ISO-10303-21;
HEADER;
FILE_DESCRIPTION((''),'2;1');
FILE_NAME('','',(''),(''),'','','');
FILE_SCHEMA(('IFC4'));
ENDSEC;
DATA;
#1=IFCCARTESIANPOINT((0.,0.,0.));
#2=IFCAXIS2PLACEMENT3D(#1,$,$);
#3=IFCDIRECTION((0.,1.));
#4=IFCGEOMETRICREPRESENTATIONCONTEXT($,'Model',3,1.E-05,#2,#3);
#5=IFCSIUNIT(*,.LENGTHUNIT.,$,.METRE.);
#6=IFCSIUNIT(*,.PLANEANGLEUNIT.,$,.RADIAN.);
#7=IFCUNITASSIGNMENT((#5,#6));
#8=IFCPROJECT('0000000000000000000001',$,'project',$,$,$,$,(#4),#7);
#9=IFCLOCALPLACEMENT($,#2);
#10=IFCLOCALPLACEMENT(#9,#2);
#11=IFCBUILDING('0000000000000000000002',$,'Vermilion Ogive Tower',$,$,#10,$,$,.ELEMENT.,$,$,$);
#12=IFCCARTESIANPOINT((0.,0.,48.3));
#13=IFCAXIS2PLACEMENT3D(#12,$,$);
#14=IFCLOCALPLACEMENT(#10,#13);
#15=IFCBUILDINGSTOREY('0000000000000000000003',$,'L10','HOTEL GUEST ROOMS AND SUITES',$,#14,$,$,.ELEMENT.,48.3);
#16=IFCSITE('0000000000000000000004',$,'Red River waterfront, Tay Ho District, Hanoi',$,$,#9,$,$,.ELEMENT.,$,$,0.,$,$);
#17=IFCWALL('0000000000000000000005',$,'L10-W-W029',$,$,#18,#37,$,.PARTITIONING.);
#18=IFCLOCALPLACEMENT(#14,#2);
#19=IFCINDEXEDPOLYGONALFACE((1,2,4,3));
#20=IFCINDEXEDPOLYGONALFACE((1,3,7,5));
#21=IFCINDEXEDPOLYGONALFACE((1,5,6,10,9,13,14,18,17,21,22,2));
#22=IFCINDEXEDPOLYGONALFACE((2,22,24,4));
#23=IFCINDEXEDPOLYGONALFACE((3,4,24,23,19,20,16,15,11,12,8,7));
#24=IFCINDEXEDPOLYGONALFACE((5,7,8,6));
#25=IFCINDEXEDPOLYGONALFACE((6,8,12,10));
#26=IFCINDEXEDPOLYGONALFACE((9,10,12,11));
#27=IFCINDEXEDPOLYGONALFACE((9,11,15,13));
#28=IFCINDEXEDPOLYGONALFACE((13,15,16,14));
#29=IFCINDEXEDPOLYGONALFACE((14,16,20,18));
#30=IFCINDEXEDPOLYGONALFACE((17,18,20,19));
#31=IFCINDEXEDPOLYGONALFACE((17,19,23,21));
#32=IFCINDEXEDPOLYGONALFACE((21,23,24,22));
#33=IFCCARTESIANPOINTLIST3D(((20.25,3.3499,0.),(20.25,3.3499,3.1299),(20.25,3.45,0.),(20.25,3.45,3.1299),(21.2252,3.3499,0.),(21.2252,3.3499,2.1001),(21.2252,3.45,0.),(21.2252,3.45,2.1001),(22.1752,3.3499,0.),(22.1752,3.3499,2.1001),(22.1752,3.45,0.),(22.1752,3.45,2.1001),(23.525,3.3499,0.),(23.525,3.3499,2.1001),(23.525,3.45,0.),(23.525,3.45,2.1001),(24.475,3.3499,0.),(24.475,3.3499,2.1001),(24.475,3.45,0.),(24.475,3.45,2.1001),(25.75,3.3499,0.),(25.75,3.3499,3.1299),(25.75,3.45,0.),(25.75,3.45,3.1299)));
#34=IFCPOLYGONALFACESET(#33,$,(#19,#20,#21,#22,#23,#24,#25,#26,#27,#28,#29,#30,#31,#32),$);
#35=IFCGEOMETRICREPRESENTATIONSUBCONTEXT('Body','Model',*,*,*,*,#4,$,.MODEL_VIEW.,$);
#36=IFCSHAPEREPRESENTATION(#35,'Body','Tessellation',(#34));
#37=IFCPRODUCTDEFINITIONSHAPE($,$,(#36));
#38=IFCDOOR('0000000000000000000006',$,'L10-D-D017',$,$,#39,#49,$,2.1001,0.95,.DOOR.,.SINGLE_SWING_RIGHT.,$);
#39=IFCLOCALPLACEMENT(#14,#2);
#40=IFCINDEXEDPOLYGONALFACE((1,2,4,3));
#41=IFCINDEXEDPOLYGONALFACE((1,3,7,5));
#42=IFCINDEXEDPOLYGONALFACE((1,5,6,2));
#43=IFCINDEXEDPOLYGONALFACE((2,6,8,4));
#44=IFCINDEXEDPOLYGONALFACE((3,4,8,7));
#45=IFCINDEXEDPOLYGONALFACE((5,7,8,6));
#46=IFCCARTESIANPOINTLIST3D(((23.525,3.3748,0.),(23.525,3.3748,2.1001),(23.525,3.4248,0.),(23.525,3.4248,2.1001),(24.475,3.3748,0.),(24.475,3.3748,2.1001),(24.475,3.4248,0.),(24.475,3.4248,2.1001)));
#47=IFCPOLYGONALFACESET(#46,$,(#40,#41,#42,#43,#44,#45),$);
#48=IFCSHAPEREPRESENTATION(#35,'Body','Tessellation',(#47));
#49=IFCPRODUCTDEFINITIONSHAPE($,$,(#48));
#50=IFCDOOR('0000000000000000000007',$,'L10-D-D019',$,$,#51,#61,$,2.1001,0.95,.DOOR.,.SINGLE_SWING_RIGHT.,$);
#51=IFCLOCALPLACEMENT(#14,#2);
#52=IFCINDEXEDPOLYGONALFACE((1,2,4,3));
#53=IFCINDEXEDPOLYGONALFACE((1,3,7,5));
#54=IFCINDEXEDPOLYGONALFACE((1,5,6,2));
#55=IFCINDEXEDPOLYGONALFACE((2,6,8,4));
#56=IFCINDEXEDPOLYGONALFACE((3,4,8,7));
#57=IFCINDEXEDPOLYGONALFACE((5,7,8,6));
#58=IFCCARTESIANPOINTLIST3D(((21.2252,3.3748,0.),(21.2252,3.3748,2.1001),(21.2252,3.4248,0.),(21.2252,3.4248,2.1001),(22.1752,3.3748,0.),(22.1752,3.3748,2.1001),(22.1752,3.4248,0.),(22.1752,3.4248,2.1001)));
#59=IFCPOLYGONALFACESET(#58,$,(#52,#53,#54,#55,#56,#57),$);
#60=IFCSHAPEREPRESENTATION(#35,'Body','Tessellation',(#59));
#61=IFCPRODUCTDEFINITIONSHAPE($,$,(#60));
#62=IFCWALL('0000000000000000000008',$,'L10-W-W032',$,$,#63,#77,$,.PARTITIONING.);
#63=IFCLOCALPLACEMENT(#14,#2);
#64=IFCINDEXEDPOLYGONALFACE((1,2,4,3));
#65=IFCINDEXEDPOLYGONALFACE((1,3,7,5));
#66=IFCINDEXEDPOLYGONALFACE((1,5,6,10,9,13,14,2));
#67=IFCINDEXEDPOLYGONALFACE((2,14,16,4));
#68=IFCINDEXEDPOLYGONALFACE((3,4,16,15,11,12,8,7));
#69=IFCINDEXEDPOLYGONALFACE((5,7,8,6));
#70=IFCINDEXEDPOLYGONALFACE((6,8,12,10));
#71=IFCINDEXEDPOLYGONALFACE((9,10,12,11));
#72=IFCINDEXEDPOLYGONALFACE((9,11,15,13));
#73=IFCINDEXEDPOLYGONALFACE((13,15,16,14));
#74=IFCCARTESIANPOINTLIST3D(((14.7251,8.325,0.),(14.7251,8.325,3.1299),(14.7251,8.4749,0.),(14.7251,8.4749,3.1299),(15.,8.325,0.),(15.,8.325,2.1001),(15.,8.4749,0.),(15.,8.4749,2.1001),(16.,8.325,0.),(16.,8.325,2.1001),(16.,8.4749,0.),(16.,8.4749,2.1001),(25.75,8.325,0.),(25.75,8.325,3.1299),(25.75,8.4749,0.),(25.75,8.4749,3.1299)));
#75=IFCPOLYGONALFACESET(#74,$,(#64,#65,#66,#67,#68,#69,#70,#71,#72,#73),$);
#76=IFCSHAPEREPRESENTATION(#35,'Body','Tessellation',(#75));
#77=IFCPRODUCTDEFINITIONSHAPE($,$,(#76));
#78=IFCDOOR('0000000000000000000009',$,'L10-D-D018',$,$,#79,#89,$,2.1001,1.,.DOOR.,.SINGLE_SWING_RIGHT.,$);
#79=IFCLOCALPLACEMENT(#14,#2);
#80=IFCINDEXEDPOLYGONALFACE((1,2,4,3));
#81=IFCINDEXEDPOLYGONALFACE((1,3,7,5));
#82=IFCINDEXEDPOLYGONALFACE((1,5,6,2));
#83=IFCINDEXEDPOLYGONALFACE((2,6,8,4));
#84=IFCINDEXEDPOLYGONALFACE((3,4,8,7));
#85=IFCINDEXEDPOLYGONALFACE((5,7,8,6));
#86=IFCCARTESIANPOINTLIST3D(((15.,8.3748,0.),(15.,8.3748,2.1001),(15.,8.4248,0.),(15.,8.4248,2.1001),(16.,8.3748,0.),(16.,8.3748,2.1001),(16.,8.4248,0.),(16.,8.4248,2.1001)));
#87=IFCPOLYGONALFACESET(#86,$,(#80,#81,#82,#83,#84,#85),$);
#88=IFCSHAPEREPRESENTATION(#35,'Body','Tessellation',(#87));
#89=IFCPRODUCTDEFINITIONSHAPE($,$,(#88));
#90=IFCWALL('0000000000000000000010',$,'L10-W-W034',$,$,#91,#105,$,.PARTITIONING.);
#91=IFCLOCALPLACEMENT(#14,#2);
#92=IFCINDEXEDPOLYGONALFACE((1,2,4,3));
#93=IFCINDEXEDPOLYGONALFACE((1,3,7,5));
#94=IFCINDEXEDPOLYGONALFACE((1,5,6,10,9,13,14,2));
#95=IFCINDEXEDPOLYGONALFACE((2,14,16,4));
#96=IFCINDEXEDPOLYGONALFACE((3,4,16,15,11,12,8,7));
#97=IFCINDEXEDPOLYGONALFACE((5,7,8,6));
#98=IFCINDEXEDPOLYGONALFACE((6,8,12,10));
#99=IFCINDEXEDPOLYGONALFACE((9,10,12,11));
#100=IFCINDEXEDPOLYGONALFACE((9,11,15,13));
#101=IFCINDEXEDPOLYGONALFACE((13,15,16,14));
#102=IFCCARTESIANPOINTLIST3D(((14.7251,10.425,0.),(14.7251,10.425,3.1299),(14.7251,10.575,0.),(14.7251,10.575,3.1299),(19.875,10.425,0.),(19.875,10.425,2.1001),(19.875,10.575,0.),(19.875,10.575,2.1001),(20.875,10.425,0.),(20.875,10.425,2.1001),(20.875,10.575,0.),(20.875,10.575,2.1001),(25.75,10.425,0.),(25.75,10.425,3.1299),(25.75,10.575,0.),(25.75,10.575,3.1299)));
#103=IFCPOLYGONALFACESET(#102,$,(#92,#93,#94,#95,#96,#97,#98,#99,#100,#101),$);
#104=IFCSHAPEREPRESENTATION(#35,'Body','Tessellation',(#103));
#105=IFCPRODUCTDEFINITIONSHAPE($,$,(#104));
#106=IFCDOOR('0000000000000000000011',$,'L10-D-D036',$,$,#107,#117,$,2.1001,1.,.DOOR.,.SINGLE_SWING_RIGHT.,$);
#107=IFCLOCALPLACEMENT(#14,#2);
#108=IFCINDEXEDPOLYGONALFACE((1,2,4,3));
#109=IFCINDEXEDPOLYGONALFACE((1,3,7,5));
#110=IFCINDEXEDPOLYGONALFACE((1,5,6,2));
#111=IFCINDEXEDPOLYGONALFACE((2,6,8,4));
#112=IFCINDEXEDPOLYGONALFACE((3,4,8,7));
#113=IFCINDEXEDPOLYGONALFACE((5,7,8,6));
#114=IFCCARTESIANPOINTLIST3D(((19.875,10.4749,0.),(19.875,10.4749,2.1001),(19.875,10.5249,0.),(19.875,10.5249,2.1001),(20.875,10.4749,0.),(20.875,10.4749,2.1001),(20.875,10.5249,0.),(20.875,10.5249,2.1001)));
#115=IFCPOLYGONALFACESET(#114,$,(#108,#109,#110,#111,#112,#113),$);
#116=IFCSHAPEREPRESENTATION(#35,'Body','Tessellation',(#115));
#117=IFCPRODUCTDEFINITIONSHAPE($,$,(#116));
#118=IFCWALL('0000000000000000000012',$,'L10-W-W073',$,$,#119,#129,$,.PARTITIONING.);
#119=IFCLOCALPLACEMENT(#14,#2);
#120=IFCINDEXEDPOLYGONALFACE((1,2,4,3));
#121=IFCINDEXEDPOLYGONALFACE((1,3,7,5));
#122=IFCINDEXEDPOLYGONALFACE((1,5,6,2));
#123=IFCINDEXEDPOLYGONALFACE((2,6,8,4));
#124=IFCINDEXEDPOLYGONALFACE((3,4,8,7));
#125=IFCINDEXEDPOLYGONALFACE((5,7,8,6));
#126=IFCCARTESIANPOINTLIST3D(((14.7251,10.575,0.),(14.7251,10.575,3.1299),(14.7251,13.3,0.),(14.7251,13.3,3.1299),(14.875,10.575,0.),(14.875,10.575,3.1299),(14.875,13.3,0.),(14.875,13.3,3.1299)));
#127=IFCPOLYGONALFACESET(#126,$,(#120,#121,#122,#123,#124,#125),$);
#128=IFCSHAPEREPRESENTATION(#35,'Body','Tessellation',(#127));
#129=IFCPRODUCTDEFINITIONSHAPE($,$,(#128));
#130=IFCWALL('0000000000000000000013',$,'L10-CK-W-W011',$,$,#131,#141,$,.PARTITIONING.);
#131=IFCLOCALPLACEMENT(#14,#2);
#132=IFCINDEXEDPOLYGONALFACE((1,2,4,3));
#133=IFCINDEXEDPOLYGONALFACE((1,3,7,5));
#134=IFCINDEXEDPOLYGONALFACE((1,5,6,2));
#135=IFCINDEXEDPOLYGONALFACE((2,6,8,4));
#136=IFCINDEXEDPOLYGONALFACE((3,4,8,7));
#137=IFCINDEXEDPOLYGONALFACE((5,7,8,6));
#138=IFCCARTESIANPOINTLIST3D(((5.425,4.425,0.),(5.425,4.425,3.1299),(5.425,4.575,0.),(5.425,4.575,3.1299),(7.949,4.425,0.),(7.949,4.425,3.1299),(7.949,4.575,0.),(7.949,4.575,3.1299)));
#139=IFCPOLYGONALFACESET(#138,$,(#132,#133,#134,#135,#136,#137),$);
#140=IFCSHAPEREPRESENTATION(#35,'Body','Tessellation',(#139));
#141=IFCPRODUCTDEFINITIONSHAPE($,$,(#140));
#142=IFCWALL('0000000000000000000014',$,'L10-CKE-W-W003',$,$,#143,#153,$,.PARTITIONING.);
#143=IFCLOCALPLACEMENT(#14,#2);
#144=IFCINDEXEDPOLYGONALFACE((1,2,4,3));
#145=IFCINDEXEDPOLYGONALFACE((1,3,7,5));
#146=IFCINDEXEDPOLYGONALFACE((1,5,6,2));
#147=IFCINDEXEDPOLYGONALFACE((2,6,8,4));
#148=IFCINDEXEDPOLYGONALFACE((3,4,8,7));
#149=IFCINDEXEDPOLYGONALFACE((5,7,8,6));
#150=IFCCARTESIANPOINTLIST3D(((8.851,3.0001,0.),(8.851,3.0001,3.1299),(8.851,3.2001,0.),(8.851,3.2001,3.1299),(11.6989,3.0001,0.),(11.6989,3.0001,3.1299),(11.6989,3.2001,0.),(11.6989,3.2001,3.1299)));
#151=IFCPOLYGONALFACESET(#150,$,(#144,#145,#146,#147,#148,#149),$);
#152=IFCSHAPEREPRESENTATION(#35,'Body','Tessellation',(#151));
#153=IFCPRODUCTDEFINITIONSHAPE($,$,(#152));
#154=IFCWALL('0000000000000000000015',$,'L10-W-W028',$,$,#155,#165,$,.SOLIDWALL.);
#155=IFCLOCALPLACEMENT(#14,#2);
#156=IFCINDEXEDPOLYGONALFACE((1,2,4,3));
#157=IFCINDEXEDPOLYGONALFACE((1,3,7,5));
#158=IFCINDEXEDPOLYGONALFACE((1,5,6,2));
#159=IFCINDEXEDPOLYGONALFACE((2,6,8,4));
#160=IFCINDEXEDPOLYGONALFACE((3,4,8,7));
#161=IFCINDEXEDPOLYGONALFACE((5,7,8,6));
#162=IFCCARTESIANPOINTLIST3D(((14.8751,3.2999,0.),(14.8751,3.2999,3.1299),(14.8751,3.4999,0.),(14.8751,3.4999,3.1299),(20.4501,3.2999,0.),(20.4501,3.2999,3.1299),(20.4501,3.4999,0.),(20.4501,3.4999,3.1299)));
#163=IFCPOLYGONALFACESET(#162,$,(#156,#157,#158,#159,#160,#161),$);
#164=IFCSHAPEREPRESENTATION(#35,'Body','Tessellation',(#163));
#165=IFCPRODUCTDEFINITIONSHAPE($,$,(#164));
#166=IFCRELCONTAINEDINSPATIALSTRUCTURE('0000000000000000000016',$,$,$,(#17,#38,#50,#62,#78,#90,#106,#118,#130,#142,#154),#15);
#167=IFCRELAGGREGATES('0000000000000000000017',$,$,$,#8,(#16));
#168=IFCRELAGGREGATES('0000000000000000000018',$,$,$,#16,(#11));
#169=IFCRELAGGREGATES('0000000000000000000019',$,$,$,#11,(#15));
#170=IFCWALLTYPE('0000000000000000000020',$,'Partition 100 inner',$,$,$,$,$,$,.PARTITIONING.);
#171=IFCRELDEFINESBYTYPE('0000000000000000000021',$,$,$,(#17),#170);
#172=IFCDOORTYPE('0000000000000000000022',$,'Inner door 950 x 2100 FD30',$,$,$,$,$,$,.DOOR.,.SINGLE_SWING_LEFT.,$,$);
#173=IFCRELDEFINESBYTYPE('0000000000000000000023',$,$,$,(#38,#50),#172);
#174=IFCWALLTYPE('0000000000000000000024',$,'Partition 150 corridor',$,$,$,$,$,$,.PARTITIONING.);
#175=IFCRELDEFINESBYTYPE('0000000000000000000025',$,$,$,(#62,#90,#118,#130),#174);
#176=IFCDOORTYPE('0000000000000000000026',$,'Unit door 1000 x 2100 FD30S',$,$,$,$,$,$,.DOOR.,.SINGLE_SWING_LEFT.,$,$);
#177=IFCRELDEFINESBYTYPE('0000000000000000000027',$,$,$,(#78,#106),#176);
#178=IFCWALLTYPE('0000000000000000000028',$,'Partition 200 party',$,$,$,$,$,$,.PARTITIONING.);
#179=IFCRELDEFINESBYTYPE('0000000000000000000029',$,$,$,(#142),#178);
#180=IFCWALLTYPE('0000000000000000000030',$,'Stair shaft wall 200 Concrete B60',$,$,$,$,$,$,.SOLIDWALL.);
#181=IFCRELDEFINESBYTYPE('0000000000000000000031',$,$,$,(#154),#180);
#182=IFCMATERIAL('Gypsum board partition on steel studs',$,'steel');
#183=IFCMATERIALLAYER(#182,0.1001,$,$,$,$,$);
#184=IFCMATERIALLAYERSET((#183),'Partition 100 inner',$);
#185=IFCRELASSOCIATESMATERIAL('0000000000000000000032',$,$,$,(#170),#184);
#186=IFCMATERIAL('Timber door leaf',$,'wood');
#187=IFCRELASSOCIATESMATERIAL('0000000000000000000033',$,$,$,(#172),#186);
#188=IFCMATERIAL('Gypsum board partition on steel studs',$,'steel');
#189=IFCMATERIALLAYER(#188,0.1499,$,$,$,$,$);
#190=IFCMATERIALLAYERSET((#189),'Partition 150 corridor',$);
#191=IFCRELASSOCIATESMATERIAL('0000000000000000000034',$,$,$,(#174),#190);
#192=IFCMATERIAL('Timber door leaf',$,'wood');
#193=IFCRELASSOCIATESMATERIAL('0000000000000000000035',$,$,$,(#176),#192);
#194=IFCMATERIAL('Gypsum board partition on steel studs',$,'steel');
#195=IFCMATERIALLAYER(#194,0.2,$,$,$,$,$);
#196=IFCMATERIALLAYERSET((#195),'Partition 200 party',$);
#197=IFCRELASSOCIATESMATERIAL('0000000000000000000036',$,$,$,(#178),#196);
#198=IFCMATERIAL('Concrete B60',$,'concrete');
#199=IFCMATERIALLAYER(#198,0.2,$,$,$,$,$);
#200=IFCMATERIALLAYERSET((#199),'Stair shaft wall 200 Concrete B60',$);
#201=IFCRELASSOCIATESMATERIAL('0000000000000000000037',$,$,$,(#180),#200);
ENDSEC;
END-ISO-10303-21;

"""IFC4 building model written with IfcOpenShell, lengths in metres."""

from ifc_helpers import new_model, si_unit, direction, frame, frame_2d, origin, place, context, subcontext, project, spatial, rectangle, extrude, material, layer, layer_set, type_object, element, fill, save


model = new_model("IFC4")

# Units and contexts
model_context = context("Model", 3, precision=1e-05, world=origin(), true_north=direction((0.0, 1.0)))
body_context = subcontext(model_context, "Body", "Model", "MODEL_VIEW")
ifc_project = project(units=[si_unit("LENGTHUNIT", "METRE"), si_unit("PLANEANGLEUNIT", "RADIAN")], contexts=[model_context])

# Site, building, storey
site_placement = place(None, origin())
site = spatial("IfcSite", under=ifc_project, at=site_placement, Name="Red River waterfront, Tay Ho District, Hanoi", CompositionType="ELEMENT", RefElevation=0.0)
building_placement = place(site_placement, origin())
building = spatial("IfcBuilding", under=site, at=building_placement, Name="Vermilion Ogive Tower", CompositionType="ELEMENT")
storey_placement = place(building_placement, frame((0.0, 0.0, 48.3)))
storey = spatial("IfcBuildingStorey", under=building, at=storey_placement, Name="L10", Description="HOTEL GUEST ROOMS AND SUITES", CompositionType="ELEMENT", Elevation=48.3)

# Wall, openings, doors
ifc_material_1 = material(Name="Gypsum board partition on steel studs", Category="steel")
ifc_layer_1 = layer(ifc_material_1, 0.1001)
ifc_layer_set_1 = layer_set([ifc_layer_1], Name="Partition 100 inner")
wall_type_1 = type_object("IfcWallType", Name="Partition 100 inner", PredefinedType="PARTITIONING", material=ifc_layer_set_1)
wall_1_placement = place(storey_placement, frame((20.25, 3.3999, 0.0), z_axis=(0.0, 0.0, 1.0), x_axis=(1.0, 0.0, 0.0)))
wall_1 = element("IfcWall", 1, at=wall_1_placement, inside=storey, type_object=wall_type_1, Name="L10-W-W029", PredefinedType="PARTITIONING", context=body_context, shape_type="SweptSolid", body=[
    extrude(rectangle(XDim=5.5, YDim=0.1001, at=frame_2d((2.75, 0.0))), origin(), (0.0, 0.0, 1.0), 3.1299),
])
opening_1_placement = place(wall_1_placement, frame((3.2749, 0.0, 0.0)))
opening_1 = element("IfcOpeningElement", 2, at=opening_1_placement, cuts=wall_1, PredefinedType="OPENING", context=body_context, shape_type="SweptSolid", body=[
    extrude(rectangle(XDim=0.95, YDim=2.1001, at=frame_2d((0.4751, 1.05))), frame((0.0, 0.0601, 0.0), z_axis=(0.0, -1.0, 0.0), x_axis=(1.0, 0.0, 0.0)), (0.0, 0.0, 1.0), 0.1201),
])
opening_2_placement = place(wall_1_placement, frame((0.9751, 0.0, 0.0)))
opening_2 = element("IfcOpeningElement", 3, at=opening_2_placement, cuts=wall_1, PredefinedType="OPENING", context=body_context, shape_type="SweptSolid", body=[
    extrude(rectangle(XDim=0.95, YDim=2.1001, at=frame_2d((0.4751, 1.05))), frame((0.0, 0.0601, 0.0), z_axis=(0.0, -1.0, 0.0), x_axis=(1.0, 0.0, 0.0)), (0.0, 0.0, 1.0), 0.1201),
])
ifc_material_2 = material(Name="Timber door leaf", Category="wood")
door_type_1 = type_object("IfcDoorType", Name="Inner door 950 x 2100 FD30", OperationType="SINGLE_SWING_LEFT", PredefinedType="DOOR", material=ifc_material_2)
door_1_placement = place(opening_1_placement, origin())
door_1 = element("IfcDoor", 4, at=door_1_placement, inside=storey, type_object=door_type_1, Name="L10-D-D017", OperationType="SINGLE_SWING_RIGHT", OverallHeight=2.1001, OverallWidth=0.95, PredefinedType="DOOR", context=body_context, shape_type="SweptSolid", body=[
    extrude(rectangle(XDim=0.95, YDim=2.1001, at=frame_2d((0.4751, 1.05))), frame((0.0, 0.0249, 0.0), z_axis=(0.0, -1.0, 0.0), x_axis=(1.0, 0.0, 0.0)), (0.0, 0.0, 1.0), 0.05),
])
fill(opening_1, door_1)
door_2_placement = place(opening_2_placement, origin())
door_2 = element("IfcDoor", 5, at=door_2_placement, inside=storey, type_object=door_type_1, Name="L10-D-D019", OperationType="SINGLE_SWING_RIGHT", OverallHeight=2.1001, OverallWidth=0.95, PredefinedType="DOOR", context=body_context, shape_type="SweptSolid", body=[
    extrude(rectangle(XDim=0.95, YDim=2.1001, at=frame_2d((0.4751, 1.05))), frame((0.0, 0.0249, 0.0), z_axis=(0.0, -1.0, 0.0), x_axis=(1.0, 0.0, 0.0)), (0.0, 0.0, 1.0), 0.05),
])
fill(opening_2, door_2)

# Walls, openings, doors
ifc_material_3 = material(Name="Gypsum board partition on steel studs", Category="steel")
ifc_layer_2 = layer(ifc_material_3, 0.1499)
ifc_layer_set_2 = layer_set([ifc_layer_2], Name="Partition 150 corridor")
wall_type_2 = type_object("IfcWallType", Name="Partition 150 corridor", PredefinedType="PARTITIONING", material=ifc_layer_set_2)
wall_2_placement = place(storey_placement, frame((14.7251, 8.3999, 0.0), z_axis=(0.0, 0.0, 1.0), x_axis=(1.0, 0.0, 0.0)))
wall_2 = element("IfcWall", 6, at=wall_2_placement, inside=storey, type_object=wall_type_2, Name="L10-W-W032", PredefinedType="PARTITIONING", context=body_context, shape_type="SweptSolid", body=[
    extrude(rectangle(XDim=11.0249, YDim=0.1499, at=frame_2d((5.5125, 0.0))), origin(), (0.0, 0.0, 1.0), 3.1299),
])
opening_3_placement = place(wall_2_placement, frame((0.2749, 0.0, 0.0)))
opening_3 = element("IfcOpeningElement", 7, at=opening_3_placement, cuts=wall_2, PredefinedType="OPENING", context=body_context, shape_type="SweptSolid", body=[
    extrude(rectangle(XDim=1.0, YDim=2.1001, at=frame_2d((0.5, 1.05))), frame((0.0, 0.085, 0.0), z_axis=(0.0, -1.0, 0.0), x_axis=(1.0, 0.0, 0.0)), (0.0, 0.0, 1.0), 0.1699),
])
ifc_material_4 = material(Name="Timber door leaf", Category="wood")
door_type_2 = type_object("IfcDoorType", Name="Unit door 1000 x 2100 FD30S", OperationType="SINGLE_SWING_LEFT", PredefinedType="DOOR", material=ifc_material_4)
door_3_placement = place(opening_3_placement, origin())
door_3 = element("IfcDoor", 8, at=door_3_placement, inside=storey, type_object=door_type_2, Name="L10-D-D018", OperationType="SINGLE_SWING_RIGHT", OverallHeight=2.1001, OverallWidth=1.0, PredefinedType="DOOR", context=body_context, shape_type="SweptSolid", body=[
    extrude(rectangle(XDim=1.0, YDim=2.1001, at=frame_2d((0.5, 1.05))), frame((0.0, 0.0249, 0.0), z_axis=(0.0, -1.0, 0.0), x_axis=(1.0, 0.0, 0.0)), (0.0, 0.0, 1.0), 0.05),
])
fill(opening_3, door_3)
wall_3_placement = place(storey_placement, frame((14.7251, 10.5, 0.0), z_axis=(0.0, 0.0, 1.0), x_axis=(1.0, 0.0, 0.0)))
wall_3 = element("IfcWall", 9, at=wall_3_placement, inside=storey, type_object=wall_type_2, Name="L10-W-W034", PredefinedType="PARTITIONING", context=body_context, shape_type="SweptSolid", body=[
    extrude(rectangle(XDim=11.0249, YDim=0.1499, at=frame_2d((5.5125, 0.0))), origin(), (0.0, 0.0, 1.0), 3.1299),
])
opening_4_placement = place(wall_3_placement, frame((5.1499, 0.0, 0.0)))
opening_4 = element("IfcOpeningElement", 10, at=opening_4_placement, cuts=wall_3, PredefinedType="OPENING", context=body_context, shape_type="SweptSolid", body=[
    extrude(rectangle(XDim=1.0, YDim=2.1001, at=frame_2d((0.5, 1.05))), frame((0.0, 0.085, 0.0), z_axis=(0.0, -1.0, 0.0), x_axis=(1.0, 0.0, 0.0)), (0.0, 0.0, 1.0), 0.1699),
])
door_4_placement = place(opening_4_placement, origin())
door_4 = element("IfcDoor", 11, at=door_4_placement, inside=storey, type_object=door_type_2, Name="L10-D-D036", OperationType="SINGLE_SWING_RIGHT", OverallHeight=2.1001, OverallWidth=1.0, PredefinedType="DOOR", context=body_context, shape_type="SweptSolid", body=[
    extrude(rectangle(XDim=1.0, YDim=2.1001, at=frame_2d((0.5, 1.05))), frame((0.0, 0.0249, 0.0), z_axis=(0.0, -1.0, 0.0), x_axis=(1.0, 0.0, 0.0)), (0.0, 0.0, 1.0), 0.05),
])
fill(opening_4, door_4)

# Walls
wall_4_placement = place(storey_placement, frame((14.8, 10.575, 0.0), z_axis=(0.0, 0.0, 1.0), x_axis=(0.0, 1.0, 0.0)))
element("IfcWall", 12, at=wall_4_placement, inside=storey, type_object=wall_type_2, Name="L10-W-W073", PredefinedType="PARTITIONING", context=body_context, shape_type="SweptSolid", body=[
    extrude(rectangle(XDim=2.7251, YDim=0.1499, at=frame_2d((1.3625, 0.0))), origin(), (0.0, 0.0, 1.0), 3.1299),
])
wall_5_placement = place(storey_placement, frame((5.425, 4.5, 0.0), z_axis=(0.0, 0.0, 1.0), x_axis=(1.0, 0.0, 0.0)))
element("IfcWall", 13, at=wall_5_placement, inside=storey, type_object=wall_type_2, Name="L10-CK-W-W011", PredefinedType="PARTITIONING", context=body_context, shape_type="SweptSolid", body=[
    extrude(rectangle(XDim=2.5239, YDim=0.1499, at=frame_2d((1.262, 0.0))), origin(), (0.0, 0.0, 1.0), 3.1299),
])
ifc_material_5 = material(Name="Gypsum board partition on steel studs", Category="steel")
ifc_layer_3 = layer(ifc_material_5, 0.2)
ifc_layer_set_3 = layer_set([ifc_layer_3], Name="Partition 200 party")
wall_type_3 = type_object("IfcWallType", Name="Partition 200 party", PredefinedType="PARTITIONING", material=ifc_layer_set_3)
wall_6_placement = place(storey_placement, frame((8.8511, 3.1001, 0.0), z_axis=(0.0, 0.0, 1.0), x_axis=(1.0, 0.0, 0.0)))
element("IfcWall", 14, at=wall_6_placement, inside=storey, type_object=wall_type_3, Name="L10-CKE-W-W003", PredefinedType="PARTITIONING", context=body_context, shape_type="SweptSolid", body=[
    extrude(rectangle(XDim=2.8479, YDim=0.2, at=frame_2d((1.4238, 0.0))), origin(), (0.0, 0.0, 1.0), 3.1299),
])
ifc_material_6 = material(Name="Concrete B60", Category="concrete")
ifc_layer_4 = layer(ifc_material_6, 0.2)
ifc_layer_set_4 = layer_set([ifc_layer_4], Name="Stair shaft wall 200 Concrete B60")
wall_type_4 = type_object("IfcWallType", Name="Stair shaft wall 200 Concrete B60", PredefinedType="SOLIDWALL", material=ifc_layer_set_4)
wall_7_placement = place(storey_placement, frame((14.875, 3.3999, 0.0), z_axis=(0.0, 0.0, 1.0), x_axis=(1.0, 0.0, 0.0)))
element("IfcWall", 15, at=wall_7_placement, inside=storey, type_object=wall_type_4, Name="L10-W-W028", PredefinedType="SOLIDWALL", context=body_context, shape_type="SweptSolid", body=[
    extrude(rectangle(XDim=5.575, YDim=0.2, at=frame_2d((2.7876, 0.0))), origin(), (0.0, 0.0, 1.0), 3.1299),
])

save(model, "model.ifc")
